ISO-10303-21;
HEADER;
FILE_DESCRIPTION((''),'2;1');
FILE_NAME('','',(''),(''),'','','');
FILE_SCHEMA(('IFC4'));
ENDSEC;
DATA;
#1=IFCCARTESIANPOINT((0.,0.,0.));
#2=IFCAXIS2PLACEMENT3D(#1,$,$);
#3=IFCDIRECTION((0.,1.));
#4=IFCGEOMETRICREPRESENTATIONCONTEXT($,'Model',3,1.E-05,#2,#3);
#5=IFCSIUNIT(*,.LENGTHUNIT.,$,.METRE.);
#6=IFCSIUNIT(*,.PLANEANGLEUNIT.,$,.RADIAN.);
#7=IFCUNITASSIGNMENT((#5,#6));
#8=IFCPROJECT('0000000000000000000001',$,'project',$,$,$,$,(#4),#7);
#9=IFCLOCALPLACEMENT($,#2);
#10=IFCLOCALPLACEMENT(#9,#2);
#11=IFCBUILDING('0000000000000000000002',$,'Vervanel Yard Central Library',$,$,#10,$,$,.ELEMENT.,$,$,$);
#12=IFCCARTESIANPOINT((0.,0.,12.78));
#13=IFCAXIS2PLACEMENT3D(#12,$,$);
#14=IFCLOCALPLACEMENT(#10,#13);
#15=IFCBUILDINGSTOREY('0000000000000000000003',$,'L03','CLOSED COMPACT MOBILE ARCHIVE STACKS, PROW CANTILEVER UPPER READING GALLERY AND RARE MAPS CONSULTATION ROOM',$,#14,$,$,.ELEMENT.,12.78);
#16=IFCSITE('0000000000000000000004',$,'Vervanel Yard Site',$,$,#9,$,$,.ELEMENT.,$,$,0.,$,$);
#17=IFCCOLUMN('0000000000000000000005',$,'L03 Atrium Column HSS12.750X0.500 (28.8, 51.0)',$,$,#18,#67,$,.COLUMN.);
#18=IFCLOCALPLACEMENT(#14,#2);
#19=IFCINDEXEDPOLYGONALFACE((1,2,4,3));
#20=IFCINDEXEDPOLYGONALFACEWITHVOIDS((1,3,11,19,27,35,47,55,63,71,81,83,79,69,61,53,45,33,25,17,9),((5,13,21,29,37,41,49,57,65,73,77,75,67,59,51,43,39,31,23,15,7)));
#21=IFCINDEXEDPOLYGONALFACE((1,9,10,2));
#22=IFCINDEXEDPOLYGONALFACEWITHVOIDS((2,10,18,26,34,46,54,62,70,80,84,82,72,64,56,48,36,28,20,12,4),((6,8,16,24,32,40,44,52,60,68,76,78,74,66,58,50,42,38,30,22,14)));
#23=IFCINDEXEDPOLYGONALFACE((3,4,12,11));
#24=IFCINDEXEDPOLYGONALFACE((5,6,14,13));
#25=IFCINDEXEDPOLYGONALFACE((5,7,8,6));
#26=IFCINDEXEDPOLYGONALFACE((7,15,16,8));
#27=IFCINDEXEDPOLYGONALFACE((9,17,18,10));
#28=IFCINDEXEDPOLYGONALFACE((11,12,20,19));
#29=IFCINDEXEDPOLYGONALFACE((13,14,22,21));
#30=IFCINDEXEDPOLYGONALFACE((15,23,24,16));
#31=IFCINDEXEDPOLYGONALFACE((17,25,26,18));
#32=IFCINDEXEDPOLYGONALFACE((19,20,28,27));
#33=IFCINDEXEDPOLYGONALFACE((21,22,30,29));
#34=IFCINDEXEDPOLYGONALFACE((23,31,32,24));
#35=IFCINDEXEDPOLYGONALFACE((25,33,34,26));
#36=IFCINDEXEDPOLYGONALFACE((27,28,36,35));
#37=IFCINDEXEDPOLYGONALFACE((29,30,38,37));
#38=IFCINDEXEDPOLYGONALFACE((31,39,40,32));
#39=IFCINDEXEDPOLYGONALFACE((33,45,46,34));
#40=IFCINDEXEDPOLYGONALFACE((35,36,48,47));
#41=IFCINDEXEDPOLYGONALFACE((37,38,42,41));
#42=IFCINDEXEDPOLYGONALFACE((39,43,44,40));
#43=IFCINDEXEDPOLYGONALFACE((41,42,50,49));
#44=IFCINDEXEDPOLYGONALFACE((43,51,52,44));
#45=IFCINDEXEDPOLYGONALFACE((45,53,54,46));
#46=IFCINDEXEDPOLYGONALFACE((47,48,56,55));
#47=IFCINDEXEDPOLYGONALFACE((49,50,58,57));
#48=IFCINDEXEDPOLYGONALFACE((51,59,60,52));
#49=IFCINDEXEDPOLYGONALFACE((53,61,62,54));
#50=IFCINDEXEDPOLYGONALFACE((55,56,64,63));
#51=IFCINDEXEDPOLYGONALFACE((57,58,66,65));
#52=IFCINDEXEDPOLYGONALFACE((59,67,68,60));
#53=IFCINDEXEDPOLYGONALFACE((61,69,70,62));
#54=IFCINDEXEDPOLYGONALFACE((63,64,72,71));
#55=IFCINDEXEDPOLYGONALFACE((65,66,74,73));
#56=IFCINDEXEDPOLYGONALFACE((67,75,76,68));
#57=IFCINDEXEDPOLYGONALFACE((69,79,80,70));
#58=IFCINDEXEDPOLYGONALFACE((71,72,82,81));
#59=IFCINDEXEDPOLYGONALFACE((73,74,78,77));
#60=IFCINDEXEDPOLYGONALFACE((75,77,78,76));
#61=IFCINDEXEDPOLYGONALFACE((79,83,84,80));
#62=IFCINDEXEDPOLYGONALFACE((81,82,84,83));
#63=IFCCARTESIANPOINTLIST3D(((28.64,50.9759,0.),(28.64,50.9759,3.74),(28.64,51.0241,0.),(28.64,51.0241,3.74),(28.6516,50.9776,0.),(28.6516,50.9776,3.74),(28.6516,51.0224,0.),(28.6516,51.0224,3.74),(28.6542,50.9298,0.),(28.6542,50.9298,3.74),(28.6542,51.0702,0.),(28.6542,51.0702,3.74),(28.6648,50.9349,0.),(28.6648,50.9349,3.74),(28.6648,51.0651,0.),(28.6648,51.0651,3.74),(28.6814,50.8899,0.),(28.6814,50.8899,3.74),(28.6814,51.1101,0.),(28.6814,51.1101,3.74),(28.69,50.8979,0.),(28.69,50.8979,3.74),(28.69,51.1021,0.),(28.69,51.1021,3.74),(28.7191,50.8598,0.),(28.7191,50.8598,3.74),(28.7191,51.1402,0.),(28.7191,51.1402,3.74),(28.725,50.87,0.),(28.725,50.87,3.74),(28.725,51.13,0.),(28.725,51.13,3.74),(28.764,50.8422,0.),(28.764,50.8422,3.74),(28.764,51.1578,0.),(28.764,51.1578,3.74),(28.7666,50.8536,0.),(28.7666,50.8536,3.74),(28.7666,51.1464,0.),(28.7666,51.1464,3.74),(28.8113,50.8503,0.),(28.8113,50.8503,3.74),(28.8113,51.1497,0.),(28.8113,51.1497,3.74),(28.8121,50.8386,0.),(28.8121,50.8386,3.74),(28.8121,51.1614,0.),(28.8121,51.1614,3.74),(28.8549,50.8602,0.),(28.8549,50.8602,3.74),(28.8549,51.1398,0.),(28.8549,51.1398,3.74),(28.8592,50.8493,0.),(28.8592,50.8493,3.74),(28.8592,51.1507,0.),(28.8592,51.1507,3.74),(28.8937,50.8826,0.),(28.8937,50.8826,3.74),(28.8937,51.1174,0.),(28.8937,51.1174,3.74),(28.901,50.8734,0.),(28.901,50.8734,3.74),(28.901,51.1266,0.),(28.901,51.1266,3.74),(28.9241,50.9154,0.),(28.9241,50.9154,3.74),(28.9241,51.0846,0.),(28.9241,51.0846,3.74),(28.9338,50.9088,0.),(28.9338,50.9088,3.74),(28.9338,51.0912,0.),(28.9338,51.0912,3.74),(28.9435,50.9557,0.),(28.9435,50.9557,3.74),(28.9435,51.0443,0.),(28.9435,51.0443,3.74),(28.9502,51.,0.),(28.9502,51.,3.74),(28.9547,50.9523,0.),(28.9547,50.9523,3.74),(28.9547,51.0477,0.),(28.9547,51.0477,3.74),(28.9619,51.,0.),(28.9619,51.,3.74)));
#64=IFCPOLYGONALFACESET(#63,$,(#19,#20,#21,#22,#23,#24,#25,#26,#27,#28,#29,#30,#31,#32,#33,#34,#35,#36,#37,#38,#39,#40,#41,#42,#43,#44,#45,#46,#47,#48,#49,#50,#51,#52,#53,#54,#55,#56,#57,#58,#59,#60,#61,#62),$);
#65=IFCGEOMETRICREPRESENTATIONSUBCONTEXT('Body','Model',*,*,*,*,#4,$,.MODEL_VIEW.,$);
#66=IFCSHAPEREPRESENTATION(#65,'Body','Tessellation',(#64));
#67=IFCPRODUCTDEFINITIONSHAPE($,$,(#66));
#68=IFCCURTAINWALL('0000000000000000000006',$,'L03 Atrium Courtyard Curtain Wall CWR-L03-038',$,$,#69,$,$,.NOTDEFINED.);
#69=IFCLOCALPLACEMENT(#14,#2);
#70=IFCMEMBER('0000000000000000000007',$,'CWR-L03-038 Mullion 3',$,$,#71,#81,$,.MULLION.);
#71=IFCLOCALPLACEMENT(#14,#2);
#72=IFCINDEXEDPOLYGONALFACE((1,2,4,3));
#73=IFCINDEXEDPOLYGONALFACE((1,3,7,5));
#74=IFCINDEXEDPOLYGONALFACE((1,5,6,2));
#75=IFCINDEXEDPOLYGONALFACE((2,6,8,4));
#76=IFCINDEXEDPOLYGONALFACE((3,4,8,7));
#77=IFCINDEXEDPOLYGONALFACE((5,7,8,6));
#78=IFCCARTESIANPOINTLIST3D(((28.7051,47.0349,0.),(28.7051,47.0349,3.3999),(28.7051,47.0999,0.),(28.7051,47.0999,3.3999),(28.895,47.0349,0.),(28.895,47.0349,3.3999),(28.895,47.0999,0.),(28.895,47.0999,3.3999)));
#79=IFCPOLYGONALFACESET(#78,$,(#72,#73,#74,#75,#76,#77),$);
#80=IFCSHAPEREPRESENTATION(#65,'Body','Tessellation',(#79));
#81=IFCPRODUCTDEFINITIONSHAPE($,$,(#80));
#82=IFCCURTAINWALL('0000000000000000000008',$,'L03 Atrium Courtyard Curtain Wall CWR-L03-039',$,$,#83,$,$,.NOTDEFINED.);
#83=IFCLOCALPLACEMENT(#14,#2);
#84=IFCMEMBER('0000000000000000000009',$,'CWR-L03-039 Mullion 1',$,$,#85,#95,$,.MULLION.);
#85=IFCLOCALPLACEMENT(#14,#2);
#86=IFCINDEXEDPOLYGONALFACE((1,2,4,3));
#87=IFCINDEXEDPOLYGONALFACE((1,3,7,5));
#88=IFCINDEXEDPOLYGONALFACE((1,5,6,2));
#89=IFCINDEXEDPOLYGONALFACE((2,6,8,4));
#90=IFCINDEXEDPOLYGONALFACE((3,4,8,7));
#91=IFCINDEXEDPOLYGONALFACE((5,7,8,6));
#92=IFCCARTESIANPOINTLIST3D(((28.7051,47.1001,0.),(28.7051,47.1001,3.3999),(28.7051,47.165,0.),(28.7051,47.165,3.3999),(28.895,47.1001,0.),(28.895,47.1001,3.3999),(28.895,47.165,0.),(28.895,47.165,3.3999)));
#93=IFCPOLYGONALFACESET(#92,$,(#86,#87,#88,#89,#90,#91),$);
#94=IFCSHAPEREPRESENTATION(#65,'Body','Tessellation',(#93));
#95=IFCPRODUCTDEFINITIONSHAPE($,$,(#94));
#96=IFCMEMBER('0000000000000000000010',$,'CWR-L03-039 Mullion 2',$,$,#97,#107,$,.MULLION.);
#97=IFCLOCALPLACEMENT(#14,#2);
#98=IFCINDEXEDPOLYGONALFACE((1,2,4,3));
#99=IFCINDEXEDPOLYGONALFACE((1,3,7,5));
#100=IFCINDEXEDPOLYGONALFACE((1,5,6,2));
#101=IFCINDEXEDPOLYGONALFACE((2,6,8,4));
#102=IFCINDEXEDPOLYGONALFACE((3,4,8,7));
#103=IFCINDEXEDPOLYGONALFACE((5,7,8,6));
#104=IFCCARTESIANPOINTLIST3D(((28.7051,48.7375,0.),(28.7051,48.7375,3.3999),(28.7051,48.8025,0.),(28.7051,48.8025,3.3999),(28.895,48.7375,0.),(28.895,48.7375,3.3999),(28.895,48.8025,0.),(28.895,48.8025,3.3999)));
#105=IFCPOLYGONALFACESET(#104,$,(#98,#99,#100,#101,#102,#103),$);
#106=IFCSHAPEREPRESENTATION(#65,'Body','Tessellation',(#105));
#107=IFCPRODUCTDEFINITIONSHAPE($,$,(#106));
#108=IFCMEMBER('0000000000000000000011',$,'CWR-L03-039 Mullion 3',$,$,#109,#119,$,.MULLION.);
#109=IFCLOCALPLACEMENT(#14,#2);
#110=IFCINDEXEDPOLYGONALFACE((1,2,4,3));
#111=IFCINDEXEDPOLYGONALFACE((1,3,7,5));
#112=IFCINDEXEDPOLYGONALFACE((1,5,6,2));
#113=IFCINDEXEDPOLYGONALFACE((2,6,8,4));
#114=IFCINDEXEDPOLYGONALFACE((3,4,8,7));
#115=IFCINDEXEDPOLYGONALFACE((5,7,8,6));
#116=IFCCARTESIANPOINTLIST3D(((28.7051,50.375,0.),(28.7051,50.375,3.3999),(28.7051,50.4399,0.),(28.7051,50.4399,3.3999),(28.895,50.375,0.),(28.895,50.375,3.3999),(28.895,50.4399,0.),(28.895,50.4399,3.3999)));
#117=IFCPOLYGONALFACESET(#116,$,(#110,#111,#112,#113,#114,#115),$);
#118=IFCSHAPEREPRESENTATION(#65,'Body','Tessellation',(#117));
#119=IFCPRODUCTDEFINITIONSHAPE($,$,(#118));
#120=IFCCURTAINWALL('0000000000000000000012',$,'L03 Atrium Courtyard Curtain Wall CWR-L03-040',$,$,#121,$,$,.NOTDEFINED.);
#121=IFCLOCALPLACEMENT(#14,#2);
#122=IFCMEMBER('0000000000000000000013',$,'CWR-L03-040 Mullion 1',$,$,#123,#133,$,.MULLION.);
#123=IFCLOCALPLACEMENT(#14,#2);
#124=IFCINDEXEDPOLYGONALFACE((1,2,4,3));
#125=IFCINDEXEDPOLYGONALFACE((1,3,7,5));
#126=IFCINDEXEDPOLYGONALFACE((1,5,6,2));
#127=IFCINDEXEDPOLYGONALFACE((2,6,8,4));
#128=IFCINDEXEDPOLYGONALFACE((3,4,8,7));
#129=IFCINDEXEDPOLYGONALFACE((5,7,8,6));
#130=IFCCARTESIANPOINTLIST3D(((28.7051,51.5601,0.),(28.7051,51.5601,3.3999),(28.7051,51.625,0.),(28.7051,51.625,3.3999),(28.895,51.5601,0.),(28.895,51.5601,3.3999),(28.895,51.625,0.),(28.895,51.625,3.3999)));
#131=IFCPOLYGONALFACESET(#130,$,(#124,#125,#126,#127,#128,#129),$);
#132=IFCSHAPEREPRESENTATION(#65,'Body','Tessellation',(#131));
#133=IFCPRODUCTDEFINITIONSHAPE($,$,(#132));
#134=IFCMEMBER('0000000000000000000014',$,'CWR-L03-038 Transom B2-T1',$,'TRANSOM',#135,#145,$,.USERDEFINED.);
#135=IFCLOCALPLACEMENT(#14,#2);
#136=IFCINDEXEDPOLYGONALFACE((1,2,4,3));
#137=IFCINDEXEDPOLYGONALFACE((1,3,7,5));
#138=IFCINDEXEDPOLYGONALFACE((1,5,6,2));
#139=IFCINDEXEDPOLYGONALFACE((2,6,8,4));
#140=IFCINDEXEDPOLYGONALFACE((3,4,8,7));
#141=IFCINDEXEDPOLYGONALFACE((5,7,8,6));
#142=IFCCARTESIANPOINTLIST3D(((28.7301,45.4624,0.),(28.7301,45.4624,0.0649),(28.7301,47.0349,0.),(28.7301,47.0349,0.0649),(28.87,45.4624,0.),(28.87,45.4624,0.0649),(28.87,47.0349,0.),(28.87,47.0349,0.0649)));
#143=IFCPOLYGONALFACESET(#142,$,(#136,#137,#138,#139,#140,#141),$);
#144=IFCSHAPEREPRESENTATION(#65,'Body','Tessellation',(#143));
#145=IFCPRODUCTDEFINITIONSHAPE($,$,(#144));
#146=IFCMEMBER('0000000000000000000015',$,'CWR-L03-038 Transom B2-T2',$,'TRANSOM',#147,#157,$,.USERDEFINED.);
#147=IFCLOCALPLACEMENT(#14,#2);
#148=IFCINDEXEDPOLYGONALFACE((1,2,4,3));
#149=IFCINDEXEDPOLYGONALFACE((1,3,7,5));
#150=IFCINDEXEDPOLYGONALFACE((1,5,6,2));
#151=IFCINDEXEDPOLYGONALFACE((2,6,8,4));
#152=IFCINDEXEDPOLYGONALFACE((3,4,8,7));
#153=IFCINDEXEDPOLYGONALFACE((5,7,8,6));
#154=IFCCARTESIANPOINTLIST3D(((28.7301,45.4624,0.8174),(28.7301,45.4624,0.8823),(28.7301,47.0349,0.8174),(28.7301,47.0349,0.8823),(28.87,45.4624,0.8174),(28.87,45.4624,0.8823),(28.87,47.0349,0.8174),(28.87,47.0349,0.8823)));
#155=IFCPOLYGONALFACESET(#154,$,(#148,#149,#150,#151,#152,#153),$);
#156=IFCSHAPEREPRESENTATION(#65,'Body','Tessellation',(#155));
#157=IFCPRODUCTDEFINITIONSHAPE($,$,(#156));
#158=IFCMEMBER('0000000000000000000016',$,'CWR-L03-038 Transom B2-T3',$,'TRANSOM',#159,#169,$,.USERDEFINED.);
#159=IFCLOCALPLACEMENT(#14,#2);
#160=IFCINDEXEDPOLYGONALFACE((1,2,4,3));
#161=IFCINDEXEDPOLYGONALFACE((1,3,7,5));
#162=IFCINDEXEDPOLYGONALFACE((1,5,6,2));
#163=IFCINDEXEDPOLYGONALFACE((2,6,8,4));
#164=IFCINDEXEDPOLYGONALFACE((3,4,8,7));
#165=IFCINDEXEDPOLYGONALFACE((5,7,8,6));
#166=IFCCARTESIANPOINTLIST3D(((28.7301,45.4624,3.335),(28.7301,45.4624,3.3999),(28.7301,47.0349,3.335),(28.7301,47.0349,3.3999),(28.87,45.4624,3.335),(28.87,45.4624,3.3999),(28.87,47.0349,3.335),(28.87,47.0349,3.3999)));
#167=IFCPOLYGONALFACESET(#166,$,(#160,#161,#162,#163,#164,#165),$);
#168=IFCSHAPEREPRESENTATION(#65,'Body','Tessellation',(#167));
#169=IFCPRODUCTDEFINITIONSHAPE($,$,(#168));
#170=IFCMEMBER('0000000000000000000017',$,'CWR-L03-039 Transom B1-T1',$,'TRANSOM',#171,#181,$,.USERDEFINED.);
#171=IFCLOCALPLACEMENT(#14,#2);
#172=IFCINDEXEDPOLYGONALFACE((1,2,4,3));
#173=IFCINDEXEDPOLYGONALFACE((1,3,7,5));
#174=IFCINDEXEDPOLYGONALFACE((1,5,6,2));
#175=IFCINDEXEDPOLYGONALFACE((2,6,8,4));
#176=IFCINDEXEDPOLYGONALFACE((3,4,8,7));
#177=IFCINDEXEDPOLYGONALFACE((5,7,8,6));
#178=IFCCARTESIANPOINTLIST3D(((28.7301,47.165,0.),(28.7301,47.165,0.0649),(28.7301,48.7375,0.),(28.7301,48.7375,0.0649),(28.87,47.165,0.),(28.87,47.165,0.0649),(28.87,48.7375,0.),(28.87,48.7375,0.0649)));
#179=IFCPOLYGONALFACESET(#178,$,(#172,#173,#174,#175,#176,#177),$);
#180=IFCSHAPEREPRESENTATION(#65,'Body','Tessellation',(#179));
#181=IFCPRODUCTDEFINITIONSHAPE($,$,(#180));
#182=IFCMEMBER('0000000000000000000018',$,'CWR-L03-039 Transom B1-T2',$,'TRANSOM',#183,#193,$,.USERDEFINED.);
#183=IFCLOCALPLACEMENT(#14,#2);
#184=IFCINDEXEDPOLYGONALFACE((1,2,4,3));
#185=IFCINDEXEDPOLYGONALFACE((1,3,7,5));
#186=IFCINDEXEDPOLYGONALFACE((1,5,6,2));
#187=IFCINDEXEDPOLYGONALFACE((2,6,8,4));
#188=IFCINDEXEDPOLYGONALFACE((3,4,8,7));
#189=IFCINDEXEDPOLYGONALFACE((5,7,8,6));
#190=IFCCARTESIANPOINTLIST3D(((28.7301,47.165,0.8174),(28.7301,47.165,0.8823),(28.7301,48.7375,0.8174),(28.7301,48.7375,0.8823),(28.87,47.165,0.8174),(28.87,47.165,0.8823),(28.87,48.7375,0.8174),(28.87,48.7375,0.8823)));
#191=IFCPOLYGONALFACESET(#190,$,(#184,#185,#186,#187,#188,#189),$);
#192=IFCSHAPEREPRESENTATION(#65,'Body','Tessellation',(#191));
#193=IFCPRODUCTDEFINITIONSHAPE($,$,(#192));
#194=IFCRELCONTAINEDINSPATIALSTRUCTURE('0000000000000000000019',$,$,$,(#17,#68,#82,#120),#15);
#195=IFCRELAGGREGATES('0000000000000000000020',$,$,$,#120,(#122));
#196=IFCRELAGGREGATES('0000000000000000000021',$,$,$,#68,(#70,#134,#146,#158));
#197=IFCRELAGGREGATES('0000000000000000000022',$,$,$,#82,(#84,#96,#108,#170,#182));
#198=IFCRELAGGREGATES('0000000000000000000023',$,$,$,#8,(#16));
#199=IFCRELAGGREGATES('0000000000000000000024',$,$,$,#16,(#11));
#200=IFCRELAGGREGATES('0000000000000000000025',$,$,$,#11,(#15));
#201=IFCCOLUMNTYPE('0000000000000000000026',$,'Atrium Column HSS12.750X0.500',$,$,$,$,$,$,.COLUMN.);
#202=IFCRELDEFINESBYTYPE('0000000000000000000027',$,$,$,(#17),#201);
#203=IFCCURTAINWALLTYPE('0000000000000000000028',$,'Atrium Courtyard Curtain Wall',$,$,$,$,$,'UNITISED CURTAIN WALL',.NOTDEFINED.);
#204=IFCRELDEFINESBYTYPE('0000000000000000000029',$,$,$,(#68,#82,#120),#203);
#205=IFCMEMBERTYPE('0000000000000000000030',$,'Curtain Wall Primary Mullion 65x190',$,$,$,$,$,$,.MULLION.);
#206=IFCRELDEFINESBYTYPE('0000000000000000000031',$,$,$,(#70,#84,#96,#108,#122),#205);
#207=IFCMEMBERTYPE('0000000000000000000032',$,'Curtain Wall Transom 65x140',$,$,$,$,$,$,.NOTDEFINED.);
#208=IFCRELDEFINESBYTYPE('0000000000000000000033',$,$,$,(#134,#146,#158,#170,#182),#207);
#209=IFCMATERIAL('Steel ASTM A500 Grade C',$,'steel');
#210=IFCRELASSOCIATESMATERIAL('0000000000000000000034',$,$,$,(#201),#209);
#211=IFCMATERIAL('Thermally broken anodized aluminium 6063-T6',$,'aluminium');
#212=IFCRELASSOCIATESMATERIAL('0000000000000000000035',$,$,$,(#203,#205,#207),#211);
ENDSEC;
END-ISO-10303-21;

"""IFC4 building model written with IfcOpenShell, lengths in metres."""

from ifc_helpers import new_model, si_unit, direction, frame, origin, origin_2d, place, context, subcontext, project, spatial, rectangle, hollow_circle, extrude, material, material_profile, profile_set, type_object, element, aggregate, save


model = new_model("IFC4")

# Units and contexts
model_context = context("Model", 3, precision=1e-05, world=origin(), true_north=direction((0.0, 1.0)))
body_context = subcontext(model_context, "Body", "Model", "MODEL_VIEW")
ifc_project = project(units=[si_unit("LENGTHUNIT", "METRE"), si_unit("PLANEANGLEUNIT", "RADIAN")], contexts=[model_context])

# Site, building, storey
site_placement = place(None, origin())
site = spatial("IfcSite", under=ifc_project, at=site_placement, Name="Vervanel Yard Site", CompositionType="ELEMENT", RefElevation=0.0)
building_placement = place(site_placement, origin())
building = spatial("IfcBuilding", under=site, at=building_placement, Name="Vervanel Yard Central Library", CompositionType="ELEMENT")
storey_placement = place(building_placement, frame((0.0, 0.0, 12.78)))
storey = spatial("IfcBuildingStorey", under=building, at=storey_placement, Name="L03", Description="CLOSED COMPACT MOBILE ARCHIVE STACKS, PROW CANTILEVER UPPER READING GALLERY AND RARE MAPS CONSULTATION ROOM", CompositionType="ELEMENT", Elevation=12.78)

# Column
ifc_material_1 = material(Name="Steel ASTM A500 Grade C", Category="steel")
ifc_material_profile_1 = material_profile(ifc_material_1, hollow_circle(Radius=0.1619, WallThickness=0.0117, at=origin_2d()), Name="HSS12.750X0.500", Category="steel")
ifc_profile_set_1 = profile_set([ifc_material_profile_1], Name="Steel ASTM A500 Grade C")
column_type = type_object("IfcColumnType", Name="Atrium Column HSS12.750X0.500", PredefinedType="COLUMN", material=ifc_profile_set_1)
column_placement = place(storey_placement, frame((28.8, 51.0, 0.0), z_axis=(0.0, 0.0, 1.0), x_axis=(1.0, 0.0, 0.0)))
element("IfcColumn", 1, at=column_placement, inside=storey, type_object=column_type, Name="L03 Atrium Column HSS12.750X0.500 (28.8, 51.0)", PredefinedType="COLUMN", context=body_context, shape_type="SweptSolid", body=[
    extrude(hollow_circle(Radius=0.1619, WallThickness=0.0117, at=origin_2d()), origin(), (0.0, 0.0, 1.0), 3.74),
])

# Curtain wall, member
ifc_material_2 = material(Name="Thermally broken anodized aluminium 6063-T6", Category="aluminium")
curtain_wall_type = type_object("IfcCurtainWallType", Name="Atrium Courtyard Curtain Wall", ElementType="UNITISED CURTAIN WALL", PredefinedType="NOTDEFINED", material=ifc_material_2)
curtain_wall_1_placement = place(storey_placement, origin())
curtain_wall_1 = element("IfcCurtainWall", 2, at=curtain_wall_1_placement, inside=storey, type_object=curtain_wall_type, Name="L03 Atrium Courtyard Curtain Wall CWR-L03-038", PredefinedType="NOTDEFINED")
ifc_material_profile_2 = material_profile(ifc_material_2, rectangle(XDim=0.0649, YDim=0.1899, at=origin_2d()), Name="ALU 65x190", Category="aluminium")
ifc_profile_set_2 = profile_set([ifc_material_profile_2], Name="Thermally broken anodized aluminium 6063-T6")
member_type_1 = type_object("IfcMemberType", Name="Curtain Wall Primary Mullion 65x190", PredefinedType="MULLION", material=ifc_profile_set_2)
member_1_placement = place(storey_placement, frame((28.8, 47.0674, 0.0), z_axis=(0.0, 0.0, 1.0), x_axis=(0.0, 1.0, 0.0)))
member_1 = element("IfcMember", 3, at=member_1_placement, type_object=member_type_1, Name="CWR-L03-038 Mullion 3", PredefinedType="MULLION", context=body_context, shape_type="SweptSolid", body=[
    extrude(rectangle(XDim=0.0649, YDim=0.1899, at=origin_2d()), origin(), (0.0, 0.0, 1.0), 3.3999),
])

# Curtain wall, members
curtain_wall_2_placement = place(storey_placement, origin())
curtain_wall_2 = element("IfcCurtainWall", 4, at=curtain_wall_2_placement, inside=storey, type_object=curtain_wall_type, Name="L03 Atrium Courtyard Curtain Wall CWR-L03-039", PredefinedType="NOTDEFINED")
member_2_placement = place(storey_placement, frame((28.8, 47.1326, 0.0), z_axis=(0.0, 0.0, 1.0), x_axis=(0.0, 1.0, 0.0)))
member_2 = element("IfcMember", 5, at=member_2_placement, type_object=member_type_1, Name="CWR-L03-039 Mullion 1", PredefinedType="MULLION", context=body_context, shape_type="SweptSolid", body=[
    extrude(rectangle(XDim=0.0649, YDim=0.1899, at=origin_2d()), origin(), (0.0, 0.0, 1.0), 3.3999),
])
member_3_placement = place(storey_placement, frame((28.8, 48.77, 0.0), z_axis=(0.0, 0.0, 1.0), x_axis=(0.0, 1.0, 0.0)))
member_3 = element("IfcMember", 6, at=member_3_placement, type_object=member_type_1, Name="CWR-L03-039 Mullion 2", PredefinedType="MULLION", context=body_context, shape_type="SweptSolid", body=[
    extrude(rectangle(XDim=0.0649, YDim=0.1899, at=origin_2d()), origin(), (0.0, 0.0, 1.0), 3.3999),
])
member_4_placement = place(storey_placement, frame((28.8, 50.4075, 0.0), z_axis=(0.0, 0.0, 1.0), x_axis=(0.0, 1.0, 0.0)))
member_4 = element("IfcMember", 7, at=member_4_placement, type_object=member_type_1, Name="CWR-L03-039 Mullion 3", PredefinedType="MULLION", context=body_context, shape_type="SweptSolid", body=[
    extrude(rectangle(XDim=0.0649, YDim=0.1899, at=origin_2d()), origin(), (0.0, 0.0, 1.0), 3.3999),
])

# Curtain wall, member
curtain_wall_3_placement = place(storey_placement, origin())
curtain_wall_3 = element("IfcCurtainWall", 8, at=curtain_wall_3_placement, inside=storey, type_object=curtain_wall_type, Name="L03 Atrium Courtyard Curtain Wall CWR-L03-040", PredefinedType="NOTDEFINED")
member_5_placement = place(storey_placement, frame((28.8, 51.5925, 0.0), z_axis=(0.0, 0.0, 1.0), x_axis=(0.0, 1.0, 0.0)))
member_5 = element("IfcMember", 9, at=member_5_placement, type_object=member_type_1, Name="CWR-L03-040 Mullion 1", PredefinedType="MULLION", context=body_context, shape_type="SweptSolid", body=[
    extrude(rectangle(XDim=0.0649, YDim=0.1899, at=origin_2d()), origin(), (0.0, 0.0, 1.0), 3.3999),
])

# Members
ifc_material_profile_3 = material_profile(ifc_material_2, rectangle(XDim=0.0649, YDim=0.1399, at=origin_2d()), Name="ALU 65x140", Category="aluminium")
ifc_profile_set_3 = profile_set([ifc_material_profile_3], Name="Thermally broken anodized aluminium 6063-T6")
member_type_2 = type_object("IfcMemberType", Name="Curtain Wall Transom 65x140", PredefinedType="NOTDEFINED", material=ifc_profile_set_3)
member_6_placement = place(storey_placement, frame((28.8, 45.4624, 0.0325), z_axis=(0.0, 1.0, 0.0), x_axis=(0.0, 0.0, 1.0)))
member_6 = element("IfcMember", 10, at=member_6_placement, type_object=member_type_2, Name="CWR-L03-038 Transom B2-T1", ObjectType="TRANSOM", PredefinedType="USERDEFINED", context=body_context, shape_type="SweptSolid", body=[
    extrude(rectangle(XDim=0.0649, YDim=0.1399, at=origin_2d()), origin(), (0.0, 0.0, 1.0), 1.5725),
])
member_7_placement = place(storey_placement, frame((28.8, 45.4624, 0.8499), z_axis=(0.0, 1.0, 0.0), x_axis=(0.0, 0.0, 1.0)))
member_7 = element("IfcMember", 11, at=member_7_placement, type_object=member_type_2, Name="CWR-L03-038 Transom B2-T2", ObjectType="TRANSOM", PredefinedType="USERDEFINED", context=body_context, shape_type="SweptSolid", body=[
    extrude(rectangle(XDim=0.0649, YDim=0.1399, at=origin_2d()), origin(), (0.0, 0.0, 1.0), 1.5725),
])
member_8_placement = place(storey_placement, frame((28.8, 45.4624, 3.3674), z_axis=(0.0, 1.0, 0.0), x_axis=(0.0, 0.0, 1.0)))
member_8 = element("IfcMember", 12, at=member_8_placement, type_object=member_type_2, Name="CWR-L03-038 Transom B2-T3", ObjectType="TRANSOM", PredefinedType="USERDEFINED", context=body_context, shape_type="SweptSolid", body=[
    extrude(rectangle(XDim=0.0649, YDim=0.1399, at=origin_2d()), origin(), (0.0, 0.0, 1.0), 1.5725),
])
member_9_placement = place(storey_placement, frame((28.8, 47.165, 0.0325), z_axis=(0.0, 1.0, 0.0), x_axis=(0.0, 0.0, 1.0)))
member_9 = element("IfcMember", 13, at=member_9_placement, type_object=member_type_2, Name="CWR-L03-039 Transom B1-T1", ObjectType="TRANSOM", PredefinedType="USERDEFINED", context=body_context, shape_type="SweptSolid", body=[
    extrude(rectangle(XDim=0.0649, YDim=0.1399, at=origin_2d()), origin(), (0.0, 0.0, 1.0), 1.5725),
])
member_10_placement = place(storey_placement, frame((28.8, 47.165, 0.8499), z_axis=(0.0, 1.0, 0.0), x_axis=(0.0, 0.0, 1.0)))
member_10 = element("IfcMember", 14, at=member_10_placement, type_object=member_type_2, Name="CWR-L03-039 Transom B1-T2", ObjectType="TRANSOM", PredefinedType="USERDEFINED", context=body_context, shape_type="SweptSolid", body=[
    extrude(rectangle(XDim=0.0649, YDim=0.1399, at=origin_2d()), origin(), (0.0, 0.0, 1.0), 1.5725),
])
aggregate(curtain_wall_3, [member_5])

aggregate(curtain_wall_1, [member_1, member_6, member_7, member_8])
aggregate(curtain_wall_2, [member_2, member_3, member_4, member_9, member_10])

save(model, "model.ifc")
